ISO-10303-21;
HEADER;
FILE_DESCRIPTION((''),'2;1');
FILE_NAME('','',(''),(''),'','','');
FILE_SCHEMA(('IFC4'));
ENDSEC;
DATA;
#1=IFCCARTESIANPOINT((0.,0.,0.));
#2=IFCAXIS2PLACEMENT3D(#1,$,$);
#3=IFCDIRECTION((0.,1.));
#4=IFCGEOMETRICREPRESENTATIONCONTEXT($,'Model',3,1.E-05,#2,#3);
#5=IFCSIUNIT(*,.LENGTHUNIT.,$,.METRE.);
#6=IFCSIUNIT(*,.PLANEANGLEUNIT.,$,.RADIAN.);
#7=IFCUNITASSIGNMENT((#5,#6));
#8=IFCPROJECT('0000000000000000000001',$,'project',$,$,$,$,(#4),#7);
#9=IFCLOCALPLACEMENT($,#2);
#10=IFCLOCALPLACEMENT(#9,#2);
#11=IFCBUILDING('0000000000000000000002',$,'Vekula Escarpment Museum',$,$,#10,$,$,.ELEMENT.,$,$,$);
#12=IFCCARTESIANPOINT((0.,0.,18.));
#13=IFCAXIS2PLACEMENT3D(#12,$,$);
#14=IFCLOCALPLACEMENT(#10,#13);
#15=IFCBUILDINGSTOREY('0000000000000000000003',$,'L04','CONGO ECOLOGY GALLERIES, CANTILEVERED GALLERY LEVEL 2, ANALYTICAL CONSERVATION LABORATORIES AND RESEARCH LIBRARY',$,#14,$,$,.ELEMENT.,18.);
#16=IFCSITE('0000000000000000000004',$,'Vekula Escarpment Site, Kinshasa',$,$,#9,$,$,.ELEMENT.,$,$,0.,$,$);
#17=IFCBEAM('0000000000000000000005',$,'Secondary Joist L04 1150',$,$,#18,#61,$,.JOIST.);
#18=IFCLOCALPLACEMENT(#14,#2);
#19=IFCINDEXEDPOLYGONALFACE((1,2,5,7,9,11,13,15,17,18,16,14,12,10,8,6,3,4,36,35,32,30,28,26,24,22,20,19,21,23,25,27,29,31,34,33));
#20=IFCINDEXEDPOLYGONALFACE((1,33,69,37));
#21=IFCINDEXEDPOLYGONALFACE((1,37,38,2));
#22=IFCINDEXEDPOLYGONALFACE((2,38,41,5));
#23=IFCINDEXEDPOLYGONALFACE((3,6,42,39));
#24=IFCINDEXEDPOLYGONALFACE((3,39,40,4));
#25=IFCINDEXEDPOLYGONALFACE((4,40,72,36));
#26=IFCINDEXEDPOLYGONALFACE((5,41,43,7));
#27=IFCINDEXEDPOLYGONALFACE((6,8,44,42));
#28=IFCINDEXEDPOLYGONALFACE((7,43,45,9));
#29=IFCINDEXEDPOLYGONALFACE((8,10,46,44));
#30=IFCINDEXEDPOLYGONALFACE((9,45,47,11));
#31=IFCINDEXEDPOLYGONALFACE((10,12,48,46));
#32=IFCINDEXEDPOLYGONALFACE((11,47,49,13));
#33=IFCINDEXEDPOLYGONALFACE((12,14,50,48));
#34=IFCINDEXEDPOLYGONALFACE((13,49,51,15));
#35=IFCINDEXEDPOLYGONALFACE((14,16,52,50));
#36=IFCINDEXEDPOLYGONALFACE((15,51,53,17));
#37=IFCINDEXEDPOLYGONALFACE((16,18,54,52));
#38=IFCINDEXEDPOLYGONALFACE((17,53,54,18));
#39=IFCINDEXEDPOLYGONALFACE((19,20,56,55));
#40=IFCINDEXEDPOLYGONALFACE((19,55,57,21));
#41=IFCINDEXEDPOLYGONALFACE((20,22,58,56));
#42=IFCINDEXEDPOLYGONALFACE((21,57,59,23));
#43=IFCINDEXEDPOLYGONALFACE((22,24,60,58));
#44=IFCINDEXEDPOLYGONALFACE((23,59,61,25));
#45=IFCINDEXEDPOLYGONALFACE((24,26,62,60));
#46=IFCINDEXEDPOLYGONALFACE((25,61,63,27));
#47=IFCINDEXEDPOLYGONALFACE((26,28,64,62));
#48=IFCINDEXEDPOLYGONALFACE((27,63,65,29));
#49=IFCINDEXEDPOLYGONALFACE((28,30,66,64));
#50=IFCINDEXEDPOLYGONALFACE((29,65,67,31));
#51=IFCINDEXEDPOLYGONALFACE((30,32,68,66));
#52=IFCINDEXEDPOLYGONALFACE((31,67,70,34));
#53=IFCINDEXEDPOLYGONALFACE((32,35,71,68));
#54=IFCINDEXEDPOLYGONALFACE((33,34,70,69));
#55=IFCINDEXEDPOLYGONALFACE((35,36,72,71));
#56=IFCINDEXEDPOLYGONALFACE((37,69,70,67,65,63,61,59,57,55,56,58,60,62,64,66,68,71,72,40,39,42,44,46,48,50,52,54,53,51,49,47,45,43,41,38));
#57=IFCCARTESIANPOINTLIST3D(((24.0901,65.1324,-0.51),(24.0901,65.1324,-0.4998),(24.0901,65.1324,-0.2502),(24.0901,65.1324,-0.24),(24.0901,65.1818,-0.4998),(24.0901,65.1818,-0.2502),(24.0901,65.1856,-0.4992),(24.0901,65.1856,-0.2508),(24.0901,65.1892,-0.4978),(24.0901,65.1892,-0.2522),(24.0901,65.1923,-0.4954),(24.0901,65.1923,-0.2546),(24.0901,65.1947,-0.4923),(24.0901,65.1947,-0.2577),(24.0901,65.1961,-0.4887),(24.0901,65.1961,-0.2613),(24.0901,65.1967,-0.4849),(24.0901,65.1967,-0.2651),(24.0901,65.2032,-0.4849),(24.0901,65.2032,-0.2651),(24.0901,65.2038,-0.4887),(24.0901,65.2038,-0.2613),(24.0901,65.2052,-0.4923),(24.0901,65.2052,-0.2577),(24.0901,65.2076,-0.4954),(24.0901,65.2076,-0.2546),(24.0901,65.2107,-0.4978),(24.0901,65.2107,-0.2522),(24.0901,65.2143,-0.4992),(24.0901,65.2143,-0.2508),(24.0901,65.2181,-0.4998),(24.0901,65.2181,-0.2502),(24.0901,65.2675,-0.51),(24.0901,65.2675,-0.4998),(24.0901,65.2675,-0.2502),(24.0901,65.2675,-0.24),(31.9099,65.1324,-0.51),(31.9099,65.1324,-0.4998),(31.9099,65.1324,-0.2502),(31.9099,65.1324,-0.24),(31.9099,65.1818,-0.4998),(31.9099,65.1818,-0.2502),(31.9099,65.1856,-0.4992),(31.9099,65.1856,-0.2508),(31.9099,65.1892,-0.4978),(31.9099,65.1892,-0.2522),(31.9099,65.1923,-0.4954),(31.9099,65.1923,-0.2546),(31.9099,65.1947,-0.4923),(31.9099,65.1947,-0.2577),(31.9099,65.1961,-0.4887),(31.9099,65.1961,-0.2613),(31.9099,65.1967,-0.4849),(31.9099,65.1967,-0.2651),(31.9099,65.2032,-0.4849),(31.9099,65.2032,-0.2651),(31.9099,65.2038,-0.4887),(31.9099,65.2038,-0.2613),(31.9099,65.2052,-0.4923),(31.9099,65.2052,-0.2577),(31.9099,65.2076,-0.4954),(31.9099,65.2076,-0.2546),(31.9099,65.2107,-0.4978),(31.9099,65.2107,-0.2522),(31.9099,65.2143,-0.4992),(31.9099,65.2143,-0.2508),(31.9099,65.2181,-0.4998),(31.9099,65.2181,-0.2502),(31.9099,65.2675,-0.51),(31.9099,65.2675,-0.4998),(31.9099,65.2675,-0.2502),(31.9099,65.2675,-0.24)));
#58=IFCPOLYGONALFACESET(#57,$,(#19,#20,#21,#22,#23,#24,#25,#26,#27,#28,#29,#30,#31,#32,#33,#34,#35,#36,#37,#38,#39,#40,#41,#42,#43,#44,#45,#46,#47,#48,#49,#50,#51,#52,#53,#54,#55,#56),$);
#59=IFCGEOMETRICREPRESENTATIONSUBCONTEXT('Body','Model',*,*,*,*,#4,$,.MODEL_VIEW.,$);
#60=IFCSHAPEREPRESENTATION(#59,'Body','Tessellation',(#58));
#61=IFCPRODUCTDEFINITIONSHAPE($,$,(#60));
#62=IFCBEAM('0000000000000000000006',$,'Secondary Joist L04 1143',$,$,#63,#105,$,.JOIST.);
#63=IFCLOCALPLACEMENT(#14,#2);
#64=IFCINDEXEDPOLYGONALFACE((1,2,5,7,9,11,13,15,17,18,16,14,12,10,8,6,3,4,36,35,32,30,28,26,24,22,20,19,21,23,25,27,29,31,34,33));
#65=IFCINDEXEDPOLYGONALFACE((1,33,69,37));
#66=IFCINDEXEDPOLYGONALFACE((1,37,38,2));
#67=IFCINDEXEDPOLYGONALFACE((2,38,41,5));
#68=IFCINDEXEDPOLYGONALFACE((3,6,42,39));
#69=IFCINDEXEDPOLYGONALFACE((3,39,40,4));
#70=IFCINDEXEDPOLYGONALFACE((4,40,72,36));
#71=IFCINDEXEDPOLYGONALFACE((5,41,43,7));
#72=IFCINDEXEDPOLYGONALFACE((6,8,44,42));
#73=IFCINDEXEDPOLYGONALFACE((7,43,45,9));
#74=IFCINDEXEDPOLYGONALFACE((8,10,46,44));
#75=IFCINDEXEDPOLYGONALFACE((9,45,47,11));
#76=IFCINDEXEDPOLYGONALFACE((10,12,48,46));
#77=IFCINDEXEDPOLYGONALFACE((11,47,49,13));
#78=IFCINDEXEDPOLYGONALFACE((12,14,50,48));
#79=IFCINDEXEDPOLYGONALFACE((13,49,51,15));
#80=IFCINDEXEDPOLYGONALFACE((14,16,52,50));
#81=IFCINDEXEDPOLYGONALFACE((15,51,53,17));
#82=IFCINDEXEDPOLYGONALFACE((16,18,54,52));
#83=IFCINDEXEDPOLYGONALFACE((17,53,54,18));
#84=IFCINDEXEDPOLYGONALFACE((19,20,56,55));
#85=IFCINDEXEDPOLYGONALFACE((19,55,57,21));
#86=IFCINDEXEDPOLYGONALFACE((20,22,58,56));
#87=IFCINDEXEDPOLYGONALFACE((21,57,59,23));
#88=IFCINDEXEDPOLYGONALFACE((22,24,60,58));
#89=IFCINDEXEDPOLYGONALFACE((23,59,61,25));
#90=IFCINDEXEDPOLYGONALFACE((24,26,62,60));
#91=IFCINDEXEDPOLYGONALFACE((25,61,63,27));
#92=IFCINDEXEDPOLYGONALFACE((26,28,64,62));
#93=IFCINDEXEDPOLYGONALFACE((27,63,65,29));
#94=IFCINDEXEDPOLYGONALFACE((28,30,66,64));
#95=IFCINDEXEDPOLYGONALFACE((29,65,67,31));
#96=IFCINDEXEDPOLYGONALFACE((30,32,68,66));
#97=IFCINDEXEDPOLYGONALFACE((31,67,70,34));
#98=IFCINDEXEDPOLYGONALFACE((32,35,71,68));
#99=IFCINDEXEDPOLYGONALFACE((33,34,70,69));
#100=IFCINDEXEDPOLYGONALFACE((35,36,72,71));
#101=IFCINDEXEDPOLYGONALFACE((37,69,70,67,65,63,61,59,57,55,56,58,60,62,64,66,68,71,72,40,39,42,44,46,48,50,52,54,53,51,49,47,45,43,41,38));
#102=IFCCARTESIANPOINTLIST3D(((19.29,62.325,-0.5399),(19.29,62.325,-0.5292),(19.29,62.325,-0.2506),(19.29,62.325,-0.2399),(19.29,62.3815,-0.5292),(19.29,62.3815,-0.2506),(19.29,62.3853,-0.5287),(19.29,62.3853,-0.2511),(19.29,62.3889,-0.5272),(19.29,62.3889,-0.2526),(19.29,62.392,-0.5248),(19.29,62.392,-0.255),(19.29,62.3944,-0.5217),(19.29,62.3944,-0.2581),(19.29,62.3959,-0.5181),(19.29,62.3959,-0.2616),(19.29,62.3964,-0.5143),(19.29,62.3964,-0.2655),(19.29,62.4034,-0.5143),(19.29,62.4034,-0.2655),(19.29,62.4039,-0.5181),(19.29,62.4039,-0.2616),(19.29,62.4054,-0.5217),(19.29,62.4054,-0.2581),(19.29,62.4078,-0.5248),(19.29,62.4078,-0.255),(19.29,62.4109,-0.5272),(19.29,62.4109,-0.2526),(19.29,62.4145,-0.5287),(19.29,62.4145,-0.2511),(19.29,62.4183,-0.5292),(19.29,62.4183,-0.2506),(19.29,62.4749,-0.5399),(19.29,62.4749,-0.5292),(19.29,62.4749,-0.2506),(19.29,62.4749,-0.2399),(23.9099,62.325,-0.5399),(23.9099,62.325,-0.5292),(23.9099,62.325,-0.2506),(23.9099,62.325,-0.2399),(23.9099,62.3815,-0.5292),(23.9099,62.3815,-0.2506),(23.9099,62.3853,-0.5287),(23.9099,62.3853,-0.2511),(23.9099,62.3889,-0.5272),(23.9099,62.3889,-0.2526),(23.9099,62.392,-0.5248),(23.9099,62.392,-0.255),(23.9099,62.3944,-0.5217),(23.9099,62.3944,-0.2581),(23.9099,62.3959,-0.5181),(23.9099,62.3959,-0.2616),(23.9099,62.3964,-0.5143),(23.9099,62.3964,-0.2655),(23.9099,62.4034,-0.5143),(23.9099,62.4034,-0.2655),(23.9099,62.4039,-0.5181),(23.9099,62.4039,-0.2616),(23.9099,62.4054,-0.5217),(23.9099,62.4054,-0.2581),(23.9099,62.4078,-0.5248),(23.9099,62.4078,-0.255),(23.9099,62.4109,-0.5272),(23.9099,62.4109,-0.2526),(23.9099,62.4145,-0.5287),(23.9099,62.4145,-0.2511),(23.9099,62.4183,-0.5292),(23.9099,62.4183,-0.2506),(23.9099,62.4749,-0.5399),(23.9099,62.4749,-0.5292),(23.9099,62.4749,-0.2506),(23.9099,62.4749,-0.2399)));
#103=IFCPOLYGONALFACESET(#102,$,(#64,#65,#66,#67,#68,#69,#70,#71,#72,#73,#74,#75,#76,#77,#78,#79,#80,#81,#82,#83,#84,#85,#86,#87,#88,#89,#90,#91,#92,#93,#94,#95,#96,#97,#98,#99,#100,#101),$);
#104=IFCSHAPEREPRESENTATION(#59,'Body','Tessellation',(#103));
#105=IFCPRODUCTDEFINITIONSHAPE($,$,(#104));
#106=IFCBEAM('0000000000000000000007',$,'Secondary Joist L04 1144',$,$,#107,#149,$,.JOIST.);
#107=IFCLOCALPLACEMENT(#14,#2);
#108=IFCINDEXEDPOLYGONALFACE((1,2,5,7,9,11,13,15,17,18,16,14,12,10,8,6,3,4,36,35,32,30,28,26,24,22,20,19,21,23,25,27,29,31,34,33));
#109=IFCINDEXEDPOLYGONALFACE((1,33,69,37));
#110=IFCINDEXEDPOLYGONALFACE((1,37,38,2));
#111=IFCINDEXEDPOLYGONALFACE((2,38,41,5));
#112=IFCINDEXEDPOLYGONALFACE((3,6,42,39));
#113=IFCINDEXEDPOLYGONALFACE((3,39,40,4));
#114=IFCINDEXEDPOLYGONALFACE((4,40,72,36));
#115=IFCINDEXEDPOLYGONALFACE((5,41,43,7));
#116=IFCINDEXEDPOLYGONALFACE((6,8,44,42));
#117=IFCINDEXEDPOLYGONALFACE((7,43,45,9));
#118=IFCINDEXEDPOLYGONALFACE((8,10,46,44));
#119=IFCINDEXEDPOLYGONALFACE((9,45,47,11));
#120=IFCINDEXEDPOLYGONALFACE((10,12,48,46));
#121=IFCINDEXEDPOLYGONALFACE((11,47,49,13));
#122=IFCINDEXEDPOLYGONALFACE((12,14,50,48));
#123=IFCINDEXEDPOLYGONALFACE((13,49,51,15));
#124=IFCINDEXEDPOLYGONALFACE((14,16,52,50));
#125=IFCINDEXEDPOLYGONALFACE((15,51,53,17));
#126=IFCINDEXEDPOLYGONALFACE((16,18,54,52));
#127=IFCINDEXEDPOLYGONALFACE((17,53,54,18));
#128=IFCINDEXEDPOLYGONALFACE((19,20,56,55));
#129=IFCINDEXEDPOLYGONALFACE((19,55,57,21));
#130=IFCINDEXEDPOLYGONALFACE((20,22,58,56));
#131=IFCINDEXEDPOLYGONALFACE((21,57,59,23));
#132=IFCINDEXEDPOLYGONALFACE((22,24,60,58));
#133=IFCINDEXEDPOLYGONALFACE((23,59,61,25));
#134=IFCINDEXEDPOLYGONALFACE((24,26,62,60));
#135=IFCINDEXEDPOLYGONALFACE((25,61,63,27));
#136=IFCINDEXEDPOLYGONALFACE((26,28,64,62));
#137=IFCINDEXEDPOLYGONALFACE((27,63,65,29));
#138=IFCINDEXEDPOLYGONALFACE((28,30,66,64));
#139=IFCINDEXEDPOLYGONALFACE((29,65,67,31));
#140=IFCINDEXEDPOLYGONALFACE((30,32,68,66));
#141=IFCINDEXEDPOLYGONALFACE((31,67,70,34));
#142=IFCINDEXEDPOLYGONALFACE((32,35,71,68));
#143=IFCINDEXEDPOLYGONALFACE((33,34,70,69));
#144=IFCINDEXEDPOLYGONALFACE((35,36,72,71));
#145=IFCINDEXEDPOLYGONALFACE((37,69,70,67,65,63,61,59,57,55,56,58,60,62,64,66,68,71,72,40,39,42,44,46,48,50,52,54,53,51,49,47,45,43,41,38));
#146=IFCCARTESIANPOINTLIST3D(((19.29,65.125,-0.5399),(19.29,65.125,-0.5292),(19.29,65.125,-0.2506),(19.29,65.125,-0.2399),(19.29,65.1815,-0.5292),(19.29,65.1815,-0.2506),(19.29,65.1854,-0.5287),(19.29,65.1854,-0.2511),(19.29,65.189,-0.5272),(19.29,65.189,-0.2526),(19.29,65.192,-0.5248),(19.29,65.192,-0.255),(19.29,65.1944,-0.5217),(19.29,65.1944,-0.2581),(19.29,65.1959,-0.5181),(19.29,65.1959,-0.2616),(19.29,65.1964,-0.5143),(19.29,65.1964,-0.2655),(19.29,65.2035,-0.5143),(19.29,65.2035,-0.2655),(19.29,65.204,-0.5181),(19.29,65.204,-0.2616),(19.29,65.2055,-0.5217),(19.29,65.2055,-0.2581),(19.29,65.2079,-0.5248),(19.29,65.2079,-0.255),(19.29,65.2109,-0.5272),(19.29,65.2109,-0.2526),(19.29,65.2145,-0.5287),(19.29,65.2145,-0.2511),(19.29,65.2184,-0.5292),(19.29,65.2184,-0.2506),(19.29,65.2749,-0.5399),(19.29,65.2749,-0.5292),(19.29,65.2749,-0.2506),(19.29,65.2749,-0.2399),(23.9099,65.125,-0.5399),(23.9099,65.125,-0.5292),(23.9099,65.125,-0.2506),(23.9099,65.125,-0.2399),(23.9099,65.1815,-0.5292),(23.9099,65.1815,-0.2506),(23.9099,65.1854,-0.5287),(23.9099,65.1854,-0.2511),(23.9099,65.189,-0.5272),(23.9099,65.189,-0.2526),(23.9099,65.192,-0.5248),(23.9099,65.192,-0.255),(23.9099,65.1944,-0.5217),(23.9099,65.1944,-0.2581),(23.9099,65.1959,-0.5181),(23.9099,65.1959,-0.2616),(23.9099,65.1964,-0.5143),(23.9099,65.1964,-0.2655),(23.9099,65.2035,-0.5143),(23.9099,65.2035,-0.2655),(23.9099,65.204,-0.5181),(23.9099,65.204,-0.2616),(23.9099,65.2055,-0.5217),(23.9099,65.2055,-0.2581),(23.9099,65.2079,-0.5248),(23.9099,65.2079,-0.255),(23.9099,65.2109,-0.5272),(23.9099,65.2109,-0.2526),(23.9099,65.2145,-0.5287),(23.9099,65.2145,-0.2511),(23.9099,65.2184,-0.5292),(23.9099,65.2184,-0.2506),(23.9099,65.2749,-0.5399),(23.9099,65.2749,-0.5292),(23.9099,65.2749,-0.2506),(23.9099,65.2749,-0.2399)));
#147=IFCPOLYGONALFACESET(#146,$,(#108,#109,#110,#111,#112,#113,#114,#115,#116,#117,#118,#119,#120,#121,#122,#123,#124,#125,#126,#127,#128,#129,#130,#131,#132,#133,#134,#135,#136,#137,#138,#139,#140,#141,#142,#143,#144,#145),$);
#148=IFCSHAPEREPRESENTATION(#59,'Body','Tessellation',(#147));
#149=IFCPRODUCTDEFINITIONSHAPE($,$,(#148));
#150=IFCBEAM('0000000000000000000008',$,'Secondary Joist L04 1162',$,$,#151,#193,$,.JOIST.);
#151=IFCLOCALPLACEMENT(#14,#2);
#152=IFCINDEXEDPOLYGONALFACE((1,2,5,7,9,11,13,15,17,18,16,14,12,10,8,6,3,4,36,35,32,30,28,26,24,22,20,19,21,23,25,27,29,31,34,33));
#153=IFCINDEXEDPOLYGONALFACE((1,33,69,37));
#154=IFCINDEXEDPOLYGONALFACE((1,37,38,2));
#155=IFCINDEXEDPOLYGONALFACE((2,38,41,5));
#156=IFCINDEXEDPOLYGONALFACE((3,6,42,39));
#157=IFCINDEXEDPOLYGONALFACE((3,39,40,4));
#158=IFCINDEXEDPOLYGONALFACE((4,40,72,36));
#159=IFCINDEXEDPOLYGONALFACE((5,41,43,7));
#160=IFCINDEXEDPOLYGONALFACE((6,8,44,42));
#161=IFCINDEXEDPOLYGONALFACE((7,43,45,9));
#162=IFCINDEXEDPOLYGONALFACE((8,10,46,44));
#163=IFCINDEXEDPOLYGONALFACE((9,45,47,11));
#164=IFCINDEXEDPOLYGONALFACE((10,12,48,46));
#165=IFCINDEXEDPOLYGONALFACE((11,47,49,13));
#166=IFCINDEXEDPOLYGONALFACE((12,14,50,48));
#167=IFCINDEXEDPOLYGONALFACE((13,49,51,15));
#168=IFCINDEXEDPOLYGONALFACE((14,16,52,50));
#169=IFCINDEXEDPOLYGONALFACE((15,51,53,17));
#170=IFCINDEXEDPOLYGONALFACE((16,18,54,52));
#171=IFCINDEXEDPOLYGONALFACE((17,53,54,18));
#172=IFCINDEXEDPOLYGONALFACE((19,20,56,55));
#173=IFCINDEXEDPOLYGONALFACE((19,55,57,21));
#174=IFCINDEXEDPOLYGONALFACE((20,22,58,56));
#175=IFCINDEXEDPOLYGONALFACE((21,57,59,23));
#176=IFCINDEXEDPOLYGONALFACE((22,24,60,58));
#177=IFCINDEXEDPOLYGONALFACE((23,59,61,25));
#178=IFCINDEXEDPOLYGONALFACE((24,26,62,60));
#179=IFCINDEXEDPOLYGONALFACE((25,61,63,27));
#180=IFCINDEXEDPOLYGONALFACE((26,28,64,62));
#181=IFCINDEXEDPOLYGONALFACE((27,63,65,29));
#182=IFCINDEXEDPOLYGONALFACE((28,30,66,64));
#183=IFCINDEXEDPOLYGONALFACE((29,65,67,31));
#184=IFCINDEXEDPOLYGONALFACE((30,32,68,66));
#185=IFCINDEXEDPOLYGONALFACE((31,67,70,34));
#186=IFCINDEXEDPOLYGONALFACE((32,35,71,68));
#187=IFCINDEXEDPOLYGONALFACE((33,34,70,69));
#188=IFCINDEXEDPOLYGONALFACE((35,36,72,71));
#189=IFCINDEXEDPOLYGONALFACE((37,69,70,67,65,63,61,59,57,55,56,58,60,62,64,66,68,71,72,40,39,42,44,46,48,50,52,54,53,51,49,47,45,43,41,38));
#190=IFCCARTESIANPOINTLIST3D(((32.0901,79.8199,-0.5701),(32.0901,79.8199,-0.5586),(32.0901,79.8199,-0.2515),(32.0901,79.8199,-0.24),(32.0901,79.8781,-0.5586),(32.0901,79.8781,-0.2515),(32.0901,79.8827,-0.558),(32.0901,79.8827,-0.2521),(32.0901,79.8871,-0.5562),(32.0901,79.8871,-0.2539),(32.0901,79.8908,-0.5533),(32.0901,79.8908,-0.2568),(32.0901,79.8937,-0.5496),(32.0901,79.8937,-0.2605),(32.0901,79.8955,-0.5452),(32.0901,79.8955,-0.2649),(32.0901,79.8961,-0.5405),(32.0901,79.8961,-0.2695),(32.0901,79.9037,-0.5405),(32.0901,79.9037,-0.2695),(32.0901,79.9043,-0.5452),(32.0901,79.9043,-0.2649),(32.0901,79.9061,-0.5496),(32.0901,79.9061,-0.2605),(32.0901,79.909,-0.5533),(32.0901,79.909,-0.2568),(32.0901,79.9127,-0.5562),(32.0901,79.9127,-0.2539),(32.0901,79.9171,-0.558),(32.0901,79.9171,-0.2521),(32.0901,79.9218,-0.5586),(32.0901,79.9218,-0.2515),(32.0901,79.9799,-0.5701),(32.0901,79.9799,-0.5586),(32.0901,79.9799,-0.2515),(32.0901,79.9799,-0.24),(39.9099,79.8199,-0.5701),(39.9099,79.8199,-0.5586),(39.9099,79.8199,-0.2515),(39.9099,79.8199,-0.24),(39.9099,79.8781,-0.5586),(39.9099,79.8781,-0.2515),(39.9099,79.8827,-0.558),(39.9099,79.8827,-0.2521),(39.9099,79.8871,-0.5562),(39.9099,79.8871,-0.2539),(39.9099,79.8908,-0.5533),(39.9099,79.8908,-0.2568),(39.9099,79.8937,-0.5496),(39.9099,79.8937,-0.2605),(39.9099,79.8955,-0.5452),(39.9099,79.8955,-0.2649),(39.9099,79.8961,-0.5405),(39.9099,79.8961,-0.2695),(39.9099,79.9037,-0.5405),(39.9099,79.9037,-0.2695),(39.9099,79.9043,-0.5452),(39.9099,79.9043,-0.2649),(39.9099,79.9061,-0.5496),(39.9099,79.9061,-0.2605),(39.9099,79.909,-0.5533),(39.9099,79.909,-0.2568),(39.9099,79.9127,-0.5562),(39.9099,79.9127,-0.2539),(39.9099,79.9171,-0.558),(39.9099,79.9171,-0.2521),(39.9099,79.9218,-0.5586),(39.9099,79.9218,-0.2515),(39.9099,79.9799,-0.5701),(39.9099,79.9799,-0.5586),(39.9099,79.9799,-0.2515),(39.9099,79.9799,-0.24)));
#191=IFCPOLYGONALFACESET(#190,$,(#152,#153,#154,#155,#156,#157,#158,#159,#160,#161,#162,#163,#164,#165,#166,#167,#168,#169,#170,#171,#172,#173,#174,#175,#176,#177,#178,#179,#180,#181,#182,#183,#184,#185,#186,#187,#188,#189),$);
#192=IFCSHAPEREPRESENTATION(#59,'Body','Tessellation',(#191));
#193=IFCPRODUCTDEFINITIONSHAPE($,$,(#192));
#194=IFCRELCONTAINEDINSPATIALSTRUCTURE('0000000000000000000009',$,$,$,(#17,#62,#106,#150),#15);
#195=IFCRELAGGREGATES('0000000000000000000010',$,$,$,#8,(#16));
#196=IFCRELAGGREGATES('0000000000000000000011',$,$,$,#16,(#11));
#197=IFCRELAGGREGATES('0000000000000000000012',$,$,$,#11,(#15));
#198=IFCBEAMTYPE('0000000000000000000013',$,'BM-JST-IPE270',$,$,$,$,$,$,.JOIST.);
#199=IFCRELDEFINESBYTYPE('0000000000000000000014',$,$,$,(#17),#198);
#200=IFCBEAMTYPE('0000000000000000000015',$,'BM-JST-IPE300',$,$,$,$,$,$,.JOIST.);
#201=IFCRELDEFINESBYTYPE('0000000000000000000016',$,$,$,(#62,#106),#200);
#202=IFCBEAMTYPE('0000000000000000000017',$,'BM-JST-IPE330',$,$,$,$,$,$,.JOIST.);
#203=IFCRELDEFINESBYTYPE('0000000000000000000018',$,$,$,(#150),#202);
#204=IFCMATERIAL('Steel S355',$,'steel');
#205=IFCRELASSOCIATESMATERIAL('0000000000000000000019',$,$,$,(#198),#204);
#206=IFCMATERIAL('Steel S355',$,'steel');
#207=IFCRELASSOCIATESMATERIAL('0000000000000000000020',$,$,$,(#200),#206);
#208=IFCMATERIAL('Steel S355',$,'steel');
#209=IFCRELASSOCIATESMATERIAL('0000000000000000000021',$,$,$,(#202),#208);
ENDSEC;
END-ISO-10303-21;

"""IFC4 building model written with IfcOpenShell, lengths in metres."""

from ifc_helpers import new_model, si_unit, direction, frame, origin, origin_2d, place, context, subcontext, project, spatial, i_section, extrude, material, material_profile, profile_set, type_object, element, save


model = new_model("IFC4")

# Units and contexts
model_context = context("Model", 3, precision=1e-05, world=origin(), true_north=direction((0.0, 1.0)))
body_context = subcontext(model_context, "Body", "Model", "MODEL_VIEW")
ifc_project = project(units=[si_unit("LENGTHUNIT", "METRE"), si_unit("PLANEANGLEUNIT", "RADIAN")], contexts=[model_context])

# Site, building, storey
site_placement = place(None, origin())
site = spatial("IfcSite", under=ifc_project, at=site_placement, Name="Vekula Escarpment Site, Kinshasa", CompositionType="ELEMENT", RefElevation=0.0)
building_placement = place(site_placement, origin())
building = spatial("IfcBuilding", under=site, at=building_placement, Name="Vekula Escarpment Museum", CompositionType="ELEMENT")
storey_placement = place(building_placement, frame((0.0, 0.0, 18.0)))
storey = spatial("IfcBuildingStorey", under=building, at=storey_placement, Name="L04", Description="CONGO ECOLOGY GALLERIES, CANTILEVERED GALLERY LEVEL 2, ANALYTICAL CONSERVATION LABORATORIES AND RESEARCH LIBRARY", CompositionType="ELEMENT", Elevation=18.0)

# Beams
ifc_material_1 = material(Name="Steel S355", Category="steel")
ifc_material_profile_1 = material_profile(ifc_material_1, i_section(OverallWidth=0.135, OverallDepth=0.27, WebThickness=0.0066, FlangeThickness=0.0103, FilletRadius=0.0149, at=origin_2d()), Name="IPE 270")
ifc_profile_set_1 = profile_set([ifc_material_profile_1], Name="Steel S355")
beam_type_1 = type_object("IfcBeamType", Name="BM-JST-IPE270", PredefinedType="JOIST", material=ifc_profile_set_1)
for number, where, z_axis, x_axis, name in (
    (1, (24.0901, 65.2, -0.375), (1.0, 0.0, 0.0), (0.0, 1.0, 0.0), "Secondary Joist L04 1150"),
):
    element("IfcBeam", number, at=place(storey_placement, frame(where, z_axis=z_axis, x_axis=x_axis)), inside=storey, type_object=beam_type_1, Name=name, PredefinedType="JOIST", context=body_context, shape_type="SweptSolid", body=[
        extrude(i_section(OverallWidth=0.135, OverallDepth=0.27, WebThickness=0.0066, FlangeThickness=0.0103, FilletRadius=0.0149, at=origin_2d()), origin(), (0.0, 0.0, 1.0), 7.8198),
    ])
ifc_material_2 = material(Name="Steel S355", Category="steel")
ifc_material_profile_2 = material_profile(ifc_material_2, i_section(OverallWidth=0.1499, OverallDepth=0.3, WebThickness=0.0071, FlangeThickness=0.0107, FilletRadius=0.0149, at=origin_2d()), Name="IPE 300")
ifc_profile_set_2 = profile_set([ifc_material_profile_2], Name="Steel S355")
beam_type_2 = type_object("IfcBeamType", Name="BM-JST-IPE300", PredefinedType="JOIST", material=ifc_profile_set_2)
for number, where, z_axis, x_axis, name in (
    (2, (19.29, 62.3999, -0.3899), (1.0, 0.0, 0.0), (0.0, 1.0, 0.0), "Secondary Joist L04 1143"),
    (3, (19.29, 65.2, -0.3899), (1.0, 0.0, 0.0), (0.0, 1.0, 0.0), "Secondary Joist L04 1144"),
):
    element("IfcBeam", number, at=place(storey_placement, frame(where, z_axis=z_axis, x_axis=x_axis)), inside=storey, type_object=beam_type_2, Name=name, PredefinedType="JOIST", context=body_context, shape_type="SweptSolid", body=[
        extrude(i_section(OverallWidth=0.1499, OverallDepth=0.3, WebThickness=0.0071, FlangeThickness=0.0107, FilletRadius=0.0149, at=origin_2d()), origin(), (0.0, 0.0, 1.0), 4.6199),
    ])
ifc_material_3 = material(Name="Steel S355", Category="steel")
ifc_material_profile_3 = material_profile(ifc_material_3, i_section(OverallWidth=0.1599, OverallDepth=0.3301, WebThickness=0.0076, FlangeThickness=0.0115, FilletRadius=0.0181, at=origin_2d()), Name="IPE 330")
ifc_profile_set_3 = profile_set([ifc_material_profile_3], Name="Steel S355")
beam_type_3 = type_object("IfcBeamType", Name="BM-JST-IPE330", PredefinedType="JOIST", material=ifc_profile_set_3)
beam_1_placement = place(storey_placement, frame((32.0901, 79.8999, -0.405), z_axis=(1.0, 0.0, 0.0), x_axis=(0.0, 1.0, 0.0)))
element("IfcBeam", 4, at=beam_1_placement, inside=storey, type_object=beam_type_3, Name="Secondary Joist L04 1162", PredefinedType="JOIST", context=body_context, shape_type="SweptSolid", body=[
    extrude(i_section(OverallWidth=0.1599, OverallDepth=0.3301, WebThickness=0.0076, FlangeThickness=0.0115, FilletRadius=0.0181, at=origin_2d()), origin(), (0.0, 0.0, 1.0), 7.8198),
])

save(model, "model.ifc")
